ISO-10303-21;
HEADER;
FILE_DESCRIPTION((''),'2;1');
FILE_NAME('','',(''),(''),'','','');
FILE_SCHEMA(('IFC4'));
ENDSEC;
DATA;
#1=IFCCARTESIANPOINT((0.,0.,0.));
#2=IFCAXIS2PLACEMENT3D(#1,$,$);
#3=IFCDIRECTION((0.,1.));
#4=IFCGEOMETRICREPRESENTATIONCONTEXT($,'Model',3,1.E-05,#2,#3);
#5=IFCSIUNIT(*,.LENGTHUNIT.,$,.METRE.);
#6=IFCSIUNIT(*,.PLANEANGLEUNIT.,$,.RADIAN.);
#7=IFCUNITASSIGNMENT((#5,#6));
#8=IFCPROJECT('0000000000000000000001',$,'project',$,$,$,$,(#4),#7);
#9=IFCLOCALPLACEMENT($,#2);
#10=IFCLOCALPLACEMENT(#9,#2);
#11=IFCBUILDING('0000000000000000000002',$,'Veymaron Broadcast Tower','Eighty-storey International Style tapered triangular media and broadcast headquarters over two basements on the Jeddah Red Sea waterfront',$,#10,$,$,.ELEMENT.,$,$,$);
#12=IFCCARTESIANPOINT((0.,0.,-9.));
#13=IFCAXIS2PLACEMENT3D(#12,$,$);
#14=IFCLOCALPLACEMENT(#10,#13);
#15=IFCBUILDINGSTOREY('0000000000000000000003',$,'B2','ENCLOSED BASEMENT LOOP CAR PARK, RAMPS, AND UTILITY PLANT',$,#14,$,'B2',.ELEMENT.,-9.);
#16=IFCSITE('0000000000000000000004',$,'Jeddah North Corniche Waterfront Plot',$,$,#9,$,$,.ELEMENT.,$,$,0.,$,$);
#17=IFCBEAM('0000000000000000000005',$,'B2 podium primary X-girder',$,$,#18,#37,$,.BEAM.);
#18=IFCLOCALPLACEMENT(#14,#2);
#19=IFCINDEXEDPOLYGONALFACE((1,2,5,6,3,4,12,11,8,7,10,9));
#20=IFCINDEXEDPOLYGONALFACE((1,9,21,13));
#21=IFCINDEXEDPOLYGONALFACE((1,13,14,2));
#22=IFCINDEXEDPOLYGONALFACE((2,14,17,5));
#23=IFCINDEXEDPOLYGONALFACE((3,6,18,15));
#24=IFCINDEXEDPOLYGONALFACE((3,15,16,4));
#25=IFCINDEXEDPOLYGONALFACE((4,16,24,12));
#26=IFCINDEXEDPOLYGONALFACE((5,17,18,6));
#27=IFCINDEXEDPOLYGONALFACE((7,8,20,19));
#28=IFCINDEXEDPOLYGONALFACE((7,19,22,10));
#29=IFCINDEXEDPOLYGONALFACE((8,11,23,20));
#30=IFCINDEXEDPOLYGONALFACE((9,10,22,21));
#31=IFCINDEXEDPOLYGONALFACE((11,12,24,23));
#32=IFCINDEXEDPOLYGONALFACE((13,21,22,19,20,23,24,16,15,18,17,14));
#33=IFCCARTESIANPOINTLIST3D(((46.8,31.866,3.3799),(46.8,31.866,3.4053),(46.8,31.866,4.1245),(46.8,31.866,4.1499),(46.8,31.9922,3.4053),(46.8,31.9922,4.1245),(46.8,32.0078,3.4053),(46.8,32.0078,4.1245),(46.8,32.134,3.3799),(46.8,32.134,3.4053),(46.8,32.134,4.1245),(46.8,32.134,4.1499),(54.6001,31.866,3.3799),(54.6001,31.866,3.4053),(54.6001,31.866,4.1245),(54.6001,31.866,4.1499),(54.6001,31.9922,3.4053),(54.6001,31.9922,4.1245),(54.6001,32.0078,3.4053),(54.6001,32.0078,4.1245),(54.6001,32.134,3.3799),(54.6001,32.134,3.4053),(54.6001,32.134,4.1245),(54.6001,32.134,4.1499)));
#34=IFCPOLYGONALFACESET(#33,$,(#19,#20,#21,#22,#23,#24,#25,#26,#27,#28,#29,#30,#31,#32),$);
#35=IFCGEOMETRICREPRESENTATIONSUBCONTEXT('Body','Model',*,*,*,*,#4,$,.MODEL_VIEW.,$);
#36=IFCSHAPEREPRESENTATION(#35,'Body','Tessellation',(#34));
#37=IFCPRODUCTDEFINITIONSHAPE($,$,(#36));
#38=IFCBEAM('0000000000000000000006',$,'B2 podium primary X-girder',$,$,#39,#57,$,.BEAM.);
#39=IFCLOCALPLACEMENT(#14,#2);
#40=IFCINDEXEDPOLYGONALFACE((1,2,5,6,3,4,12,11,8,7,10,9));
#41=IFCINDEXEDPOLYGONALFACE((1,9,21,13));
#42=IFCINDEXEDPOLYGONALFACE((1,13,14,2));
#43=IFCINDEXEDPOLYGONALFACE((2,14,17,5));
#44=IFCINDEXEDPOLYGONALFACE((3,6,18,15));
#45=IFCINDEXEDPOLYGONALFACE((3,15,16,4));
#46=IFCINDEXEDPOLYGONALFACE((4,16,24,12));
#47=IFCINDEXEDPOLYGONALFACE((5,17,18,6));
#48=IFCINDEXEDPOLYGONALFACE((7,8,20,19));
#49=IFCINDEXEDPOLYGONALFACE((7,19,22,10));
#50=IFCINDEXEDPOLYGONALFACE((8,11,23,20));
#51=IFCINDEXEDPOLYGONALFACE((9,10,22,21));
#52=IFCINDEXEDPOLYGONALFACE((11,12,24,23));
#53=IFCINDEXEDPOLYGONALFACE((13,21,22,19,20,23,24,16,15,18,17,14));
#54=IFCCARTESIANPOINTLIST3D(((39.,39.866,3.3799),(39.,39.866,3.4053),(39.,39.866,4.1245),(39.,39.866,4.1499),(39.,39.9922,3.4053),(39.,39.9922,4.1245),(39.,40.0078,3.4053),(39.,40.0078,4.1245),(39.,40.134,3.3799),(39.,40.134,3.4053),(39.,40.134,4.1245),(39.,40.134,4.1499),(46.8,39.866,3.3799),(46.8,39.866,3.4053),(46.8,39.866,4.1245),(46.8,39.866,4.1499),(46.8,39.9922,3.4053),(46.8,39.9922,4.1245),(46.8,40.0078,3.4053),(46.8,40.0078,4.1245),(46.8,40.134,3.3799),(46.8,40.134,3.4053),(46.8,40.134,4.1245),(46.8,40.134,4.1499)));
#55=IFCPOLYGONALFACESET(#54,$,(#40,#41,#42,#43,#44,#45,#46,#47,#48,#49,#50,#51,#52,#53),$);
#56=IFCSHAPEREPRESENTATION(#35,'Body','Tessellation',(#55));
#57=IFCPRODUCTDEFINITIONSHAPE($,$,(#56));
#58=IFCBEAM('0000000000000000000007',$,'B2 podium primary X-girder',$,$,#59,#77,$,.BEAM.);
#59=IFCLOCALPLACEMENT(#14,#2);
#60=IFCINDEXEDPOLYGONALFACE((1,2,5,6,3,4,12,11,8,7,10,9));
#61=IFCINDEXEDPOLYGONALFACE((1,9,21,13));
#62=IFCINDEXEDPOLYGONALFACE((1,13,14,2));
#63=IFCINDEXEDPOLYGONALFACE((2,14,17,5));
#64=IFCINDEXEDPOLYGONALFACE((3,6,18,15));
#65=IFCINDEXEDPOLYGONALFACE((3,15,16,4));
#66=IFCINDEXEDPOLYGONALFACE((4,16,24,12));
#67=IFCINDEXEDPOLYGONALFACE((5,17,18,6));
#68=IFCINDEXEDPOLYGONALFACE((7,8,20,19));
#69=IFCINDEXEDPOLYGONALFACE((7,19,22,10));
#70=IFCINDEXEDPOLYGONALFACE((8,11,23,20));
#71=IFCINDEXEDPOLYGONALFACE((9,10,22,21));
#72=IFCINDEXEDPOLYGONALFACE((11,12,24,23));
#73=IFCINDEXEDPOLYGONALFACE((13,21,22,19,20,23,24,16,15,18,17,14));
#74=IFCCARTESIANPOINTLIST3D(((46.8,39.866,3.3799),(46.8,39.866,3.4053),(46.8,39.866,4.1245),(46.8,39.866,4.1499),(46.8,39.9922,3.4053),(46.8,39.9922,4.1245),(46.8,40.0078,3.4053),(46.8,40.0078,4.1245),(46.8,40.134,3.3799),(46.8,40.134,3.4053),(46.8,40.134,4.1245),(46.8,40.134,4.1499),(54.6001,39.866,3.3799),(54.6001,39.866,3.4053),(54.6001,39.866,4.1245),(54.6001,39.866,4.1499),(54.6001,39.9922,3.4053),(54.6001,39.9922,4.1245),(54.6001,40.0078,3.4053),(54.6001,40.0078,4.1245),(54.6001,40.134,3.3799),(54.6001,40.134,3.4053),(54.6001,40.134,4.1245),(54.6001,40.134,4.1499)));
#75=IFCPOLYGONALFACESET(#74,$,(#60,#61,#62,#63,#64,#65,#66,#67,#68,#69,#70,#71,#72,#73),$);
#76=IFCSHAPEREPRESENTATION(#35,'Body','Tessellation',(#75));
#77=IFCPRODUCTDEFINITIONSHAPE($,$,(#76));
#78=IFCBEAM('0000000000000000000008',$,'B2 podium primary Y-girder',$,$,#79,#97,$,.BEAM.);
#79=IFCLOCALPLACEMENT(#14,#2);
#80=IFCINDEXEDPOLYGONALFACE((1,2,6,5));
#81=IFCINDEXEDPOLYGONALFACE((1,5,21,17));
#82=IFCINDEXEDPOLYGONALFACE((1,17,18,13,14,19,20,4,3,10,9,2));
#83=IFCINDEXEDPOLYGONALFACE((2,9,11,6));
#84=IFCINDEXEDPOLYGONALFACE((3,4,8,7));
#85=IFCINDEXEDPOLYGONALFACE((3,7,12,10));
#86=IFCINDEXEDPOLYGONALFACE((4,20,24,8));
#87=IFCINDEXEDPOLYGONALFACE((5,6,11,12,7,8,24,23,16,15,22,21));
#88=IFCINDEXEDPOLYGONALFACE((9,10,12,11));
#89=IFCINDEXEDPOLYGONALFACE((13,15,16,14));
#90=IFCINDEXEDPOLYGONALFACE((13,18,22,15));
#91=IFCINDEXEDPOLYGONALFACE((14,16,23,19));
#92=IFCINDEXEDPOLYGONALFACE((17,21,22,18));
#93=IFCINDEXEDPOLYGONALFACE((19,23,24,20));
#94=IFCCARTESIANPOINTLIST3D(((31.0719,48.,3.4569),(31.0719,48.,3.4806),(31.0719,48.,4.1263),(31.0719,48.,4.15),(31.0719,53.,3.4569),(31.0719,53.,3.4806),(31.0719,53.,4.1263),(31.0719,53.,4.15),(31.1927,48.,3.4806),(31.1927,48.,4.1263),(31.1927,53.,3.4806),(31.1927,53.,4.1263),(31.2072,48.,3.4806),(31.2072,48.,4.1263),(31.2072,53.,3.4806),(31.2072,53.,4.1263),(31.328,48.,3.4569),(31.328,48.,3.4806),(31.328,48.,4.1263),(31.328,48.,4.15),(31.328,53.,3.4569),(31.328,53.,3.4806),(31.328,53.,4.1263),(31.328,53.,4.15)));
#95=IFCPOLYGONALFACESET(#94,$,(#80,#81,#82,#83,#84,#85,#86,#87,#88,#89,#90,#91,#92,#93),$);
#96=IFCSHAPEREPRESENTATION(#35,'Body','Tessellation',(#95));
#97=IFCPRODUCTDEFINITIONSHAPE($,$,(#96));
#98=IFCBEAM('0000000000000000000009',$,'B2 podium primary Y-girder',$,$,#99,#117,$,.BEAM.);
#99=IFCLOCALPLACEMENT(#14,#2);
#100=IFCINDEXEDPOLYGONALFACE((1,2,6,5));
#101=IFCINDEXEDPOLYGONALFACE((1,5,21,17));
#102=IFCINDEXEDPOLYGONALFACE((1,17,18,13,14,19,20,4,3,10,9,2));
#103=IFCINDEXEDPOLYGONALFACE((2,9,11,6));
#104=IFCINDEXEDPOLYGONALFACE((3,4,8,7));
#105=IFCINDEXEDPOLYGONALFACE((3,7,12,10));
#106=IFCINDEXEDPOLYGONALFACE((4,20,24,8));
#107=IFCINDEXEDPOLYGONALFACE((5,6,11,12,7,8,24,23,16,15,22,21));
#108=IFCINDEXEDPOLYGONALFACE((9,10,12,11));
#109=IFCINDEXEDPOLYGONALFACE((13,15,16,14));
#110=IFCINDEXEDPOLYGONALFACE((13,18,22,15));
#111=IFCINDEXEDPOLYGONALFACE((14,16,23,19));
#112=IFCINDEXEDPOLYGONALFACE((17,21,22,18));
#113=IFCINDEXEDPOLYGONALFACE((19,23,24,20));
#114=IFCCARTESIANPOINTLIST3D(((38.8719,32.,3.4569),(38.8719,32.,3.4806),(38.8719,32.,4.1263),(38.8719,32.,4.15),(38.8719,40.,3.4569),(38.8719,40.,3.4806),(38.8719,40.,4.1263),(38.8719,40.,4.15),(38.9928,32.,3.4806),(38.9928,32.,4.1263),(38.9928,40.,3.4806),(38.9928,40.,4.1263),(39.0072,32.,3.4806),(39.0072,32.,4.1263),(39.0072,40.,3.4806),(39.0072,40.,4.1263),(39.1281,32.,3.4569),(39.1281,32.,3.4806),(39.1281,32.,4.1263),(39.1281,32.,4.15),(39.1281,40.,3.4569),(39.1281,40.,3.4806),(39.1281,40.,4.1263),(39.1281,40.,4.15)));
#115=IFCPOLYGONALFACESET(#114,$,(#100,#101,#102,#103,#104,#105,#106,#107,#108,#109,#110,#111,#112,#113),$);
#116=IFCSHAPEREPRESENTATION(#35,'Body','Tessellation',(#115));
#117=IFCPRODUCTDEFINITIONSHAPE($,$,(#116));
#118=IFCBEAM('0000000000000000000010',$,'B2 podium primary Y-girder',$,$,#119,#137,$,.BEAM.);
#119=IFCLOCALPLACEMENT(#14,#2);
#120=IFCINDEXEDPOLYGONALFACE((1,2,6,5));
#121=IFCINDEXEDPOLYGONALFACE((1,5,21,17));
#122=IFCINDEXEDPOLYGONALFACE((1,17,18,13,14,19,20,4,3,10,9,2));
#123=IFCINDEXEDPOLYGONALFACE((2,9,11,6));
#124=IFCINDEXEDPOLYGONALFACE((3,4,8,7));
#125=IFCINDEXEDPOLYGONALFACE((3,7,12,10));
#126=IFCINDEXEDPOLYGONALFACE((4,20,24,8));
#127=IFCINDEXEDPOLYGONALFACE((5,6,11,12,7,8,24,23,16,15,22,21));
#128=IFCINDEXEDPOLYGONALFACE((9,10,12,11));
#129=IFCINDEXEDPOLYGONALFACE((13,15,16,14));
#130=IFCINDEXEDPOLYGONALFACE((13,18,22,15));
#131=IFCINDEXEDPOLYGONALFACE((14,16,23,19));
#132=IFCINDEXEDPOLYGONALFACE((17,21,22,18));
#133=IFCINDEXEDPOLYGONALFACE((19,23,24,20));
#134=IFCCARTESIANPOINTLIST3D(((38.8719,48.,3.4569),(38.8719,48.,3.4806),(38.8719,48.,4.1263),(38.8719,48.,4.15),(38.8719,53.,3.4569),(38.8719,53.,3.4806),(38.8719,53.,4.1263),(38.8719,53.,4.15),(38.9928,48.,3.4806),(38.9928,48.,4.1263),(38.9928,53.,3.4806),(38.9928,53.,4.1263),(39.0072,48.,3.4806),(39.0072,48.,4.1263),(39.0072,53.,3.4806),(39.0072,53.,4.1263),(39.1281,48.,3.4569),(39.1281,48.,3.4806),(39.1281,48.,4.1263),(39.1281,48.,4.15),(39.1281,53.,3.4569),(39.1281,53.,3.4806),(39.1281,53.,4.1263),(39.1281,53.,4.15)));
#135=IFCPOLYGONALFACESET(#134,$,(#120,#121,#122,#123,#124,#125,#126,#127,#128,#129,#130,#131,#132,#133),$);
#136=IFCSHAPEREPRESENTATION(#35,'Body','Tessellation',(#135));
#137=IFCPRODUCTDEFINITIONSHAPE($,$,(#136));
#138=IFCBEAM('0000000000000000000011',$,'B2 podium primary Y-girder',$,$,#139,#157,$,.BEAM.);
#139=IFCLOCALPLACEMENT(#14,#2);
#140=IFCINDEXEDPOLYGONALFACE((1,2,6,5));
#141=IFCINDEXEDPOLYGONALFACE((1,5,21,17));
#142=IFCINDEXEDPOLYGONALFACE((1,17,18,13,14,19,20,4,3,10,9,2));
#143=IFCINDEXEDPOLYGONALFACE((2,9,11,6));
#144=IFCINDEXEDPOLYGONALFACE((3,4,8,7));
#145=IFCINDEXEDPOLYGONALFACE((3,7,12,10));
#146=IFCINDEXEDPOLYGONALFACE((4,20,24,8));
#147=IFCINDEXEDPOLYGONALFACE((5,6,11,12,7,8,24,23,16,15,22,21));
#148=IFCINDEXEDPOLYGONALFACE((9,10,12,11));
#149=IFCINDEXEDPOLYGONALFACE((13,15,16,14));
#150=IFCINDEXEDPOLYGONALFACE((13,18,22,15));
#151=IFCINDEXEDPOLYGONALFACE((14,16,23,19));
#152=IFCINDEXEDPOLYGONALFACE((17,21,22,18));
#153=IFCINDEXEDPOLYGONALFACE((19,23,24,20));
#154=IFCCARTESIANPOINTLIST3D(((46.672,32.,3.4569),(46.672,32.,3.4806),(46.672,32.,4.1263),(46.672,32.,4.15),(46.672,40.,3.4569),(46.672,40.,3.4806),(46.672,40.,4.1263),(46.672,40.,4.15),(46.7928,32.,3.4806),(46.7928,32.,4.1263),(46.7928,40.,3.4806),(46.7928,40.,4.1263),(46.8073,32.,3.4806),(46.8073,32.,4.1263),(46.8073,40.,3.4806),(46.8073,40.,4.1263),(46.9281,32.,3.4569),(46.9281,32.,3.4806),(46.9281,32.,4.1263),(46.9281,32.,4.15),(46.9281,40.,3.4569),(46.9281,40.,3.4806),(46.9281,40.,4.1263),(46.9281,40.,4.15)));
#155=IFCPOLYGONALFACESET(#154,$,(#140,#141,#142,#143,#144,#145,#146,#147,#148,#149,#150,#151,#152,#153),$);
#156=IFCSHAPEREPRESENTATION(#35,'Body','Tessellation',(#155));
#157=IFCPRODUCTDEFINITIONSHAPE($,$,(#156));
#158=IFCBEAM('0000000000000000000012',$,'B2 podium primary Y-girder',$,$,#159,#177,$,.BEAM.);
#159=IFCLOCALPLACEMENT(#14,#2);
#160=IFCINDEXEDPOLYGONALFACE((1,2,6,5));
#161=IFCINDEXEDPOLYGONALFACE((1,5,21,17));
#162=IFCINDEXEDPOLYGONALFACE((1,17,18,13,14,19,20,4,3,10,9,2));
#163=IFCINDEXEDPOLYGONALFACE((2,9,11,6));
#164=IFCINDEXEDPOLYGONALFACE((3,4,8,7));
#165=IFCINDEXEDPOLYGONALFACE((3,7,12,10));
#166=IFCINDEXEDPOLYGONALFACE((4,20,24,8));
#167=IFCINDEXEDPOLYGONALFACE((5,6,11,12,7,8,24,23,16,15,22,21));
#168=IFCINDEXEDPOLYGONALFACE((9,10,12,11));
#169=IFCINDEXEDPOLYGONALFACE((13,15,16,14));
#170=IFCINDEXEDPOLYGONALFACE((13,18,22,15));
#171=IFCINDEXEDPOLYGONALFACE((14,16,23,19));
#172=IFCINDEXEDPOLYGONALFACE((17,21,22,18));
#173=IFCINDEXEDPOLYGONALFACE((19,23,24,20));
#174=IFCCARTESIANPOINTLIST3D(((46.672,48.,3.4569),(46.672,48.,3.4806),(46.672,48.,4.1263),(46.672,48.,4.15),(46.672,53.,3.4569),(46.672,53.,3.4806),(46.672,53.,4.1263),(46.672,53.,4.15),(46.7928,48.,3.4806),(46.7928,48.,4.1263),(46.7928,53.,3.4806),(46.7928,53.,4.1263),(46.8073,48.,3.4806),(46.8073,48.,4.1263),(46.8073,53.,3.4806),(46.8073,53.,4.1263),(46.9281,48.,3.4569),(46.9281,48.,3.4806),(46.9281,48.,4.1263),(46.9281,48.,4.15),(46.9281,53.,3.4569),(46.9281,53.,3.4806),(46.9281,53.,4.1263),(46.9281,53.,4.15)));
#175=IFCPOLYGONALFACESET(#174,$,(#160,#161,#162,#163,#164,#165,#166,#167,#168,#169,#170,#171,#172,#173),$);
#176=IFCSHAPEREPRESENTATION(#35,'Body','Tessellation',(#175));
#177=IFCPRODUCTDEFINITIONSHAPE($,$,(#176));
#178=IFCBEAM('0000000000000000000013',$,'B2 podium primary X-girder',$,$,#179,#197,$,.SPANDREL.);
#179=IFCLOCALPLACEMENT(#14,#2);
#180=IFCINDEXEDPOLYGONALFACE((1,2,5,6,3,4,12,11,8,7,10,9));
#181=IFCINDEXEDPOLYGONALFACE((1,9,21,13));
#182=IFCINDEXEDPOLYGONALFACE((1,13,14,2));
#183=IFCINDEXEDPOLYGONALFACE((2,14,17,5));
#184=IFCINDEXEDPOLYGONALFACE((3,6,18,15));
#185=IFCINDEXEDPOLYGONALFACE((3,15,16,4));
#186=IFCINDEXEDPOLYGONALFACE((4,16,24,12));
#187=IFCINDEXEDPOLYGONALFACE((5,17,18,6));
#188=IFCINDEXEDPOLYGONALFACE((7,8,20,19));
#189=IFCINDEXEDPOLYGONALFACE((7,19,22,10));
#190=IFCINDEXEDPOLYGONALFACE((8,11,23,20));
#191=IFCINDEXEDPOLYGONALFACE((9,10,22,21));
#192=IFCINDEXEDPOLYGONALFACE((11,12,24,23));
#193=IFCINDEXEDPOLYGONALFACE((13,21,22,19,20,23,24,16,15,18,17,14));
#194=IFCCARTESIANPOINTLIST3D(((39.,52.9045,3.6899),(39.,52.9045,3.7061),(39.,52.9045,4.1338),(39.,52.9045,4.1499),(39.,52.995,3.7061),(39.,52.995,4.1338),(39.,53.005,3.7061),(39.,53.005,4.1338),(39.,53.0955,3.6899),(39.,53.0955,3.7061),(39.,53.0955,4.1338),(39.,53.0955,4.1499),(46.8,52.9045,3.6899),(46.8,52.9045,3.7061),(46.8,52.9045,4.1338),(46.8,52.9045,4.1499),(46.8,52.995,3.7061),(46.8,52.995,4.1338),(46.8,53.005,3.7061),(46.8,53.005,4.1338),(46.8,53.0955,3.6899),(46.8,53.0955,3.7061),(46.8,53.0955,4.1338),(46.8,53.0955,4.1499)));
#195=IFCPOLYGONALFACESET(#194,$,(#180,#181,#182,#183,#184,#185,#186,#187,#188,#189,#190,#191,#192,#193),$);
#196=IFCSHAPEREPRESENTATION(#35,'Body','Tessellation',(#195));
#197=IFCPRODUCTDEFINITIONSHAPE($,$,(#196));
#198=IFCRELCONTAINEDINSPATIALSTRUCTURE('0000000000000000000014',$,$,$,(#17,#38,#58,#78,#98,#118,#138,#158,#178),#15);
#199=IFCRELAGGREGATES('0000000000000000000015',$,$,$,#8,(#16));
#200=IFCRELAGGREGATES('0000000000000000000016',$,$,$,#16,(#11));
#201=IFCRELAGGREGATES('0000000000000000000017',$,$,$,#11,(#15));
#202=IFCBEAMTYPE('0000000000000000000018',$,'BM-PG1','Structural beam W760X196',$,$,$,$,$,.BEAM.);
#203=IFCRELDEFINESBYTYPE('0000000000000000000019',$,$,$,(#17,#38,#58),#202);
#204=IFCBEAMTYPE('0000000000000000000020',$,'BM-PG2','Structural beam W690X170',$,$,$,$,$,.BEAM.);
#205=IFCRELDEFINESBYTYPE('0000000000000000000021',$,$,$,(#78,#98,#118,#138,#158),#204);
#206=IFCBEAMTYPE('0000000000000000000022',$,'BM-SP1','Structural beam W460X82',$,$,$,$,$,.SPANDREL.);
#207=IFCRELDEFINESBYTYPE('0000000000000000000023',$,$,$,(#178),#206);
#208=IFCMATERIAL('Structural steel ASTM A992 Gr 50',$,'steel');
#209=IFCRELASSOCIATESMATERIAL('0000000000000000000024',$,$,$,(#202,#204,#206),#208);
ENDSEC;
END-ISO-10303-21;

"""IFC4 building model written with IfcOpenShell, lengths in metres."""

from ifc_helpers import new_model, si_unit, direction, frame, origin, origin_2d, place, context, subcontext, project, spatial, i_section, extrude, material, material_profile, profile_set, type_object, element, save


model = new_model("IFC4")

# Units and contexts
model_context = context("Model", 3, precision=1e-05, world=origin(), true_north=direction((0.0, 1.0)))
body_context = subcontext(model_context, "Body", "Model", "MODEL_VIEW")
ifc_project = project(units=[si_unit("LENGTHUNIT", "METRE"), si_unit("PLANEANGLEUNIT", "RADIAN")], contexts=[model_context])

# Site, building, storey
site_placement = place(None, origin())
site = spatial("IfcSite", under=ifc_project, at=site_placement, Name="Jeddah North Corniche Waterfront Plot", CompositionType="ELEMENT", RefElevation=0.0)
building_placement = place(site_placement, origin())
building = spatial("IfcBuilding", under=site, at=building_placement, Name="Veymaron Broadcast Tower", Description="Eighty-storey International Style tapered triangular media and broadcast headquarters over two basements on the Jeddah Red Sea waterfront", CompositionType="ELEMENT")
storey_placement = place(building_placement, frame((0.0, 0.0, -9.0)))
storey = spatial("IfcBuildingStorey", under=building, at=storey_placement, Name="B2", Description="ENCLOSED BASEMENT LOOP CAR PARK, RAMPS, AND UTILITY PLANT", LongName="B2", CompositionType="ELEMENT", Elevation=-9.0)

# Beams
ifc_material_1 = material(Name="Structural steel ASTM A992 Gr 50", Category="steel")
ifc_material_profile_1 = material_profile(ifc_material_1, i_section(OverallWidth=0.2681, OverallDepth=0.77, WebThickness=0.0156, FlangeThickness=0.0254, at=origin_2d()), Name="W760X196")
ifc_profile_set_1 = profile_set([ifc_material_profile_1], Name="Structural steel ASTM A992 Gr 50")
beam_type_1 = type_object("IfcBeamType", Name="BM-PG1", Description="Structural beam W760X196", PredefinedType="BEAM", material=ifc_profile_set_1)
for number, where, z_axis, x_axis, name in (
    (1, (46.8, 32.0, 3.7649), (1.0, 0.0, 0.0), (0.0, 1.0, 0.0), "B2 podium primary X-girder"),
    (2, (39.0, 40.0, 3.7649), (1.0, 0.0, 0.0), (0.0, 1.0, 0.0), "B2 podium primary X-girder"),
    (3, (46.8, 40.0, 3.7649), (1.0, 0.0, 0.0), (0.0, 1.0, 0.0), "B2 podium primary X-girder"),
):
    element("IfcBeam", number, at=place(storey_placement, frame(where, z_axis=z_axis, x_axis=x_axis)), inside=storey, type_object=beam_type_1, Name=name, PredefinedType="BEAM", context=body_context, shape_type="SweptSolid", body=[
        extrude(i_section(OverallWidth=0.2681, OverallDepth=0.77, WebThickness=0.0156, FlangeThickness=0.0254, at=origin_2d()), origin(), (0.0, 0.0, 1.0), 7.8),
    ])
ifc_material_profile_2 = material_profile(ifc_material_1, i_section(OverallWidth=0.2561, OverallDepth=0.6931, WebThickness=0.0144, FlangeThickness=0.0237, at=origin_2d()), Name="W690X170")
ifc_profile_set_2 = profile_set([ifc_material_profile_2], Name="Structural steel ASTM A992 Gr 50")
beam_type_2 = type_object("IfcBeamType", Name="BM-PG2", Description="Structural beam W690X170", PredefinedType="BEAM", material=ifc_profile_set_2)
beam_1_placement = place(storey_placement, frame((31.2, 48.0, 3.8035), z_axis=(0.0, 1.0, 0.0), x_axis=(-1.0, 0.0, 0.0)))
element("IfcBeam", 4, at=beam_1_placement, inside=storey, type_object=beam_type_2, Name="B2 podium primary Y-girder", PredefinedType="BEAM", context=body_context, shape_type="SweptSolid", body=[
    extrude(i_section(OverallWidth=0.2561, OverallDepth=0.6931, WebThickness=0.0144, FlangeThickness=0.0237, at=origin_2d()), origin(), (0.0, 0.0, 1.0), 5.0),
])
beam_2_placement = place(storey_placement, frame((39.0, 32.0, 3.8035), z_axis=(0.0, 1.0, 0.0), x_axis=(-1.0, 0.0, 0.0)))
element("IfcBeam", 5, at=beam_2_placement, inside=storey, type_object=beam_type_2, Name="B2 podium primary Y-girder", PredefinedType="BEAM", context=body_context, shape_type="SweptSolid", body=[
    extrude(i_section(OverallWidth=0.2561, OverallDepth=0.6931, WebThickness=0.0144, FlangeThickness=0.0237, at=origin_2d()), origin(), (0.0, 0.0, 1.0), 8.0),
])
beam_3_placement = place(storey_placement, frame((39.0, 48.0, 3.8035), z_axis=(0.0, 1.0, 0.0), x_axis=(-1.0, 0.0, 0.0)))
element("IfcBeam", 6, at=beam_3_placement, inside=storey, type_object=beam_type_2, Name="B2 podium primary Y-girder", PredefinedType="BEAM", context=body_context, shape_type="SweptSolid", body=[
    extrude(i_section(OverallWidth=0.2561, OverallDepth=0.6931, WebThickness=0.0144, FlangeThickness=0.0237, at=origin_2d()), origin(), (0.0, 0.0, 1.0), 5.0),
])
beam_4_placement = place(storey_placement, frame((46.8, 32.0, 3.8035), z_axis=(0.0, 1.0, 0.0), x_axis=(-1.0, 0.0, 0.0)))
element("IfcBeam", 7, at=beam_4_placement, inside=storey, type_object=beam_type_2, Name="B2 podium primary Y-girder", PredefinedType="BEAM", context=body_context, shape_type="SweptSolid", body=[
    extrude(i_section(OverallWidth=0.2561, OverallDepth=0.6931, WebThickness=0.0144, FlangeThickness=0.0237, at=origin_2d()), origin(), (0.0, 0.0, 1.0), 8.0),
])
beam_5_placement = place(storey_placement, frame((46.8, 48.0, 3.8035), z_axis=(0.0, 1.0, 0.0), x_axis=(-1.0, 0.0, 0.0)))
element("IfcBeam", 8, at=beam_5_placement, inside=storey, type_object=beam_type_2, Name="B2 podium primary Y-girder", PredefinedType="BEAM", context=body_context, shape_type="SweptSolid", body=[
    extrude(i_section(OverallWidth=0.2561, OverallDepth=0.6931, WebThickness=0.0144, FlangeThickness=0.0237, at=origin_2d()), origin(), (0.0, 0.0, 1.0), 5.0),
])
ifc_material_profile_3 = material_profile(ifc_material_1, i_section(OverallWidth=0.1909, OverallDepth=0.46, WebThickness=0.01, FlangeThickness=0.0161, at=origin_2d()), Name="W460X82")
ifc_profile_set_3 = profile_set([ifc_material_profile_3], Name="Structural steel ASTM A992 Gr 50")
beam_type_3 = type_object("IfcBeamType", Name="BM-SP1", Description="Structural beam W460X82", PredefinedType="SPANDREL", material=ifc_profile_set_3)
for number, where, z_axis, x_axis, name in (
    (9, (39.0, 53.0, 3.9199), (1.0, 0.0, 0.0), (0.0, 1.0, 0.0), "B2 podium primary X-girder"),
):
    element("IfcBeam", number, at=place(storey_placement, frame(where, z_axis=z_axis, x_axis=x_axis)), inside=storey, type_object=beam_type_3, Name=name, PredefinedType="SPANDREL", context=body_context, shape_type="SweptSolid", body=[
        extrude(i_section(OverallWidth=0.1909, OverallDepth=0.46, WebThickness=0.01, FlangeThickness=0.0161, at=origin_2d()), origin(), (0.0, 0.0, 1.0), 7.8),
    ])

save(model, "model.ifc")
